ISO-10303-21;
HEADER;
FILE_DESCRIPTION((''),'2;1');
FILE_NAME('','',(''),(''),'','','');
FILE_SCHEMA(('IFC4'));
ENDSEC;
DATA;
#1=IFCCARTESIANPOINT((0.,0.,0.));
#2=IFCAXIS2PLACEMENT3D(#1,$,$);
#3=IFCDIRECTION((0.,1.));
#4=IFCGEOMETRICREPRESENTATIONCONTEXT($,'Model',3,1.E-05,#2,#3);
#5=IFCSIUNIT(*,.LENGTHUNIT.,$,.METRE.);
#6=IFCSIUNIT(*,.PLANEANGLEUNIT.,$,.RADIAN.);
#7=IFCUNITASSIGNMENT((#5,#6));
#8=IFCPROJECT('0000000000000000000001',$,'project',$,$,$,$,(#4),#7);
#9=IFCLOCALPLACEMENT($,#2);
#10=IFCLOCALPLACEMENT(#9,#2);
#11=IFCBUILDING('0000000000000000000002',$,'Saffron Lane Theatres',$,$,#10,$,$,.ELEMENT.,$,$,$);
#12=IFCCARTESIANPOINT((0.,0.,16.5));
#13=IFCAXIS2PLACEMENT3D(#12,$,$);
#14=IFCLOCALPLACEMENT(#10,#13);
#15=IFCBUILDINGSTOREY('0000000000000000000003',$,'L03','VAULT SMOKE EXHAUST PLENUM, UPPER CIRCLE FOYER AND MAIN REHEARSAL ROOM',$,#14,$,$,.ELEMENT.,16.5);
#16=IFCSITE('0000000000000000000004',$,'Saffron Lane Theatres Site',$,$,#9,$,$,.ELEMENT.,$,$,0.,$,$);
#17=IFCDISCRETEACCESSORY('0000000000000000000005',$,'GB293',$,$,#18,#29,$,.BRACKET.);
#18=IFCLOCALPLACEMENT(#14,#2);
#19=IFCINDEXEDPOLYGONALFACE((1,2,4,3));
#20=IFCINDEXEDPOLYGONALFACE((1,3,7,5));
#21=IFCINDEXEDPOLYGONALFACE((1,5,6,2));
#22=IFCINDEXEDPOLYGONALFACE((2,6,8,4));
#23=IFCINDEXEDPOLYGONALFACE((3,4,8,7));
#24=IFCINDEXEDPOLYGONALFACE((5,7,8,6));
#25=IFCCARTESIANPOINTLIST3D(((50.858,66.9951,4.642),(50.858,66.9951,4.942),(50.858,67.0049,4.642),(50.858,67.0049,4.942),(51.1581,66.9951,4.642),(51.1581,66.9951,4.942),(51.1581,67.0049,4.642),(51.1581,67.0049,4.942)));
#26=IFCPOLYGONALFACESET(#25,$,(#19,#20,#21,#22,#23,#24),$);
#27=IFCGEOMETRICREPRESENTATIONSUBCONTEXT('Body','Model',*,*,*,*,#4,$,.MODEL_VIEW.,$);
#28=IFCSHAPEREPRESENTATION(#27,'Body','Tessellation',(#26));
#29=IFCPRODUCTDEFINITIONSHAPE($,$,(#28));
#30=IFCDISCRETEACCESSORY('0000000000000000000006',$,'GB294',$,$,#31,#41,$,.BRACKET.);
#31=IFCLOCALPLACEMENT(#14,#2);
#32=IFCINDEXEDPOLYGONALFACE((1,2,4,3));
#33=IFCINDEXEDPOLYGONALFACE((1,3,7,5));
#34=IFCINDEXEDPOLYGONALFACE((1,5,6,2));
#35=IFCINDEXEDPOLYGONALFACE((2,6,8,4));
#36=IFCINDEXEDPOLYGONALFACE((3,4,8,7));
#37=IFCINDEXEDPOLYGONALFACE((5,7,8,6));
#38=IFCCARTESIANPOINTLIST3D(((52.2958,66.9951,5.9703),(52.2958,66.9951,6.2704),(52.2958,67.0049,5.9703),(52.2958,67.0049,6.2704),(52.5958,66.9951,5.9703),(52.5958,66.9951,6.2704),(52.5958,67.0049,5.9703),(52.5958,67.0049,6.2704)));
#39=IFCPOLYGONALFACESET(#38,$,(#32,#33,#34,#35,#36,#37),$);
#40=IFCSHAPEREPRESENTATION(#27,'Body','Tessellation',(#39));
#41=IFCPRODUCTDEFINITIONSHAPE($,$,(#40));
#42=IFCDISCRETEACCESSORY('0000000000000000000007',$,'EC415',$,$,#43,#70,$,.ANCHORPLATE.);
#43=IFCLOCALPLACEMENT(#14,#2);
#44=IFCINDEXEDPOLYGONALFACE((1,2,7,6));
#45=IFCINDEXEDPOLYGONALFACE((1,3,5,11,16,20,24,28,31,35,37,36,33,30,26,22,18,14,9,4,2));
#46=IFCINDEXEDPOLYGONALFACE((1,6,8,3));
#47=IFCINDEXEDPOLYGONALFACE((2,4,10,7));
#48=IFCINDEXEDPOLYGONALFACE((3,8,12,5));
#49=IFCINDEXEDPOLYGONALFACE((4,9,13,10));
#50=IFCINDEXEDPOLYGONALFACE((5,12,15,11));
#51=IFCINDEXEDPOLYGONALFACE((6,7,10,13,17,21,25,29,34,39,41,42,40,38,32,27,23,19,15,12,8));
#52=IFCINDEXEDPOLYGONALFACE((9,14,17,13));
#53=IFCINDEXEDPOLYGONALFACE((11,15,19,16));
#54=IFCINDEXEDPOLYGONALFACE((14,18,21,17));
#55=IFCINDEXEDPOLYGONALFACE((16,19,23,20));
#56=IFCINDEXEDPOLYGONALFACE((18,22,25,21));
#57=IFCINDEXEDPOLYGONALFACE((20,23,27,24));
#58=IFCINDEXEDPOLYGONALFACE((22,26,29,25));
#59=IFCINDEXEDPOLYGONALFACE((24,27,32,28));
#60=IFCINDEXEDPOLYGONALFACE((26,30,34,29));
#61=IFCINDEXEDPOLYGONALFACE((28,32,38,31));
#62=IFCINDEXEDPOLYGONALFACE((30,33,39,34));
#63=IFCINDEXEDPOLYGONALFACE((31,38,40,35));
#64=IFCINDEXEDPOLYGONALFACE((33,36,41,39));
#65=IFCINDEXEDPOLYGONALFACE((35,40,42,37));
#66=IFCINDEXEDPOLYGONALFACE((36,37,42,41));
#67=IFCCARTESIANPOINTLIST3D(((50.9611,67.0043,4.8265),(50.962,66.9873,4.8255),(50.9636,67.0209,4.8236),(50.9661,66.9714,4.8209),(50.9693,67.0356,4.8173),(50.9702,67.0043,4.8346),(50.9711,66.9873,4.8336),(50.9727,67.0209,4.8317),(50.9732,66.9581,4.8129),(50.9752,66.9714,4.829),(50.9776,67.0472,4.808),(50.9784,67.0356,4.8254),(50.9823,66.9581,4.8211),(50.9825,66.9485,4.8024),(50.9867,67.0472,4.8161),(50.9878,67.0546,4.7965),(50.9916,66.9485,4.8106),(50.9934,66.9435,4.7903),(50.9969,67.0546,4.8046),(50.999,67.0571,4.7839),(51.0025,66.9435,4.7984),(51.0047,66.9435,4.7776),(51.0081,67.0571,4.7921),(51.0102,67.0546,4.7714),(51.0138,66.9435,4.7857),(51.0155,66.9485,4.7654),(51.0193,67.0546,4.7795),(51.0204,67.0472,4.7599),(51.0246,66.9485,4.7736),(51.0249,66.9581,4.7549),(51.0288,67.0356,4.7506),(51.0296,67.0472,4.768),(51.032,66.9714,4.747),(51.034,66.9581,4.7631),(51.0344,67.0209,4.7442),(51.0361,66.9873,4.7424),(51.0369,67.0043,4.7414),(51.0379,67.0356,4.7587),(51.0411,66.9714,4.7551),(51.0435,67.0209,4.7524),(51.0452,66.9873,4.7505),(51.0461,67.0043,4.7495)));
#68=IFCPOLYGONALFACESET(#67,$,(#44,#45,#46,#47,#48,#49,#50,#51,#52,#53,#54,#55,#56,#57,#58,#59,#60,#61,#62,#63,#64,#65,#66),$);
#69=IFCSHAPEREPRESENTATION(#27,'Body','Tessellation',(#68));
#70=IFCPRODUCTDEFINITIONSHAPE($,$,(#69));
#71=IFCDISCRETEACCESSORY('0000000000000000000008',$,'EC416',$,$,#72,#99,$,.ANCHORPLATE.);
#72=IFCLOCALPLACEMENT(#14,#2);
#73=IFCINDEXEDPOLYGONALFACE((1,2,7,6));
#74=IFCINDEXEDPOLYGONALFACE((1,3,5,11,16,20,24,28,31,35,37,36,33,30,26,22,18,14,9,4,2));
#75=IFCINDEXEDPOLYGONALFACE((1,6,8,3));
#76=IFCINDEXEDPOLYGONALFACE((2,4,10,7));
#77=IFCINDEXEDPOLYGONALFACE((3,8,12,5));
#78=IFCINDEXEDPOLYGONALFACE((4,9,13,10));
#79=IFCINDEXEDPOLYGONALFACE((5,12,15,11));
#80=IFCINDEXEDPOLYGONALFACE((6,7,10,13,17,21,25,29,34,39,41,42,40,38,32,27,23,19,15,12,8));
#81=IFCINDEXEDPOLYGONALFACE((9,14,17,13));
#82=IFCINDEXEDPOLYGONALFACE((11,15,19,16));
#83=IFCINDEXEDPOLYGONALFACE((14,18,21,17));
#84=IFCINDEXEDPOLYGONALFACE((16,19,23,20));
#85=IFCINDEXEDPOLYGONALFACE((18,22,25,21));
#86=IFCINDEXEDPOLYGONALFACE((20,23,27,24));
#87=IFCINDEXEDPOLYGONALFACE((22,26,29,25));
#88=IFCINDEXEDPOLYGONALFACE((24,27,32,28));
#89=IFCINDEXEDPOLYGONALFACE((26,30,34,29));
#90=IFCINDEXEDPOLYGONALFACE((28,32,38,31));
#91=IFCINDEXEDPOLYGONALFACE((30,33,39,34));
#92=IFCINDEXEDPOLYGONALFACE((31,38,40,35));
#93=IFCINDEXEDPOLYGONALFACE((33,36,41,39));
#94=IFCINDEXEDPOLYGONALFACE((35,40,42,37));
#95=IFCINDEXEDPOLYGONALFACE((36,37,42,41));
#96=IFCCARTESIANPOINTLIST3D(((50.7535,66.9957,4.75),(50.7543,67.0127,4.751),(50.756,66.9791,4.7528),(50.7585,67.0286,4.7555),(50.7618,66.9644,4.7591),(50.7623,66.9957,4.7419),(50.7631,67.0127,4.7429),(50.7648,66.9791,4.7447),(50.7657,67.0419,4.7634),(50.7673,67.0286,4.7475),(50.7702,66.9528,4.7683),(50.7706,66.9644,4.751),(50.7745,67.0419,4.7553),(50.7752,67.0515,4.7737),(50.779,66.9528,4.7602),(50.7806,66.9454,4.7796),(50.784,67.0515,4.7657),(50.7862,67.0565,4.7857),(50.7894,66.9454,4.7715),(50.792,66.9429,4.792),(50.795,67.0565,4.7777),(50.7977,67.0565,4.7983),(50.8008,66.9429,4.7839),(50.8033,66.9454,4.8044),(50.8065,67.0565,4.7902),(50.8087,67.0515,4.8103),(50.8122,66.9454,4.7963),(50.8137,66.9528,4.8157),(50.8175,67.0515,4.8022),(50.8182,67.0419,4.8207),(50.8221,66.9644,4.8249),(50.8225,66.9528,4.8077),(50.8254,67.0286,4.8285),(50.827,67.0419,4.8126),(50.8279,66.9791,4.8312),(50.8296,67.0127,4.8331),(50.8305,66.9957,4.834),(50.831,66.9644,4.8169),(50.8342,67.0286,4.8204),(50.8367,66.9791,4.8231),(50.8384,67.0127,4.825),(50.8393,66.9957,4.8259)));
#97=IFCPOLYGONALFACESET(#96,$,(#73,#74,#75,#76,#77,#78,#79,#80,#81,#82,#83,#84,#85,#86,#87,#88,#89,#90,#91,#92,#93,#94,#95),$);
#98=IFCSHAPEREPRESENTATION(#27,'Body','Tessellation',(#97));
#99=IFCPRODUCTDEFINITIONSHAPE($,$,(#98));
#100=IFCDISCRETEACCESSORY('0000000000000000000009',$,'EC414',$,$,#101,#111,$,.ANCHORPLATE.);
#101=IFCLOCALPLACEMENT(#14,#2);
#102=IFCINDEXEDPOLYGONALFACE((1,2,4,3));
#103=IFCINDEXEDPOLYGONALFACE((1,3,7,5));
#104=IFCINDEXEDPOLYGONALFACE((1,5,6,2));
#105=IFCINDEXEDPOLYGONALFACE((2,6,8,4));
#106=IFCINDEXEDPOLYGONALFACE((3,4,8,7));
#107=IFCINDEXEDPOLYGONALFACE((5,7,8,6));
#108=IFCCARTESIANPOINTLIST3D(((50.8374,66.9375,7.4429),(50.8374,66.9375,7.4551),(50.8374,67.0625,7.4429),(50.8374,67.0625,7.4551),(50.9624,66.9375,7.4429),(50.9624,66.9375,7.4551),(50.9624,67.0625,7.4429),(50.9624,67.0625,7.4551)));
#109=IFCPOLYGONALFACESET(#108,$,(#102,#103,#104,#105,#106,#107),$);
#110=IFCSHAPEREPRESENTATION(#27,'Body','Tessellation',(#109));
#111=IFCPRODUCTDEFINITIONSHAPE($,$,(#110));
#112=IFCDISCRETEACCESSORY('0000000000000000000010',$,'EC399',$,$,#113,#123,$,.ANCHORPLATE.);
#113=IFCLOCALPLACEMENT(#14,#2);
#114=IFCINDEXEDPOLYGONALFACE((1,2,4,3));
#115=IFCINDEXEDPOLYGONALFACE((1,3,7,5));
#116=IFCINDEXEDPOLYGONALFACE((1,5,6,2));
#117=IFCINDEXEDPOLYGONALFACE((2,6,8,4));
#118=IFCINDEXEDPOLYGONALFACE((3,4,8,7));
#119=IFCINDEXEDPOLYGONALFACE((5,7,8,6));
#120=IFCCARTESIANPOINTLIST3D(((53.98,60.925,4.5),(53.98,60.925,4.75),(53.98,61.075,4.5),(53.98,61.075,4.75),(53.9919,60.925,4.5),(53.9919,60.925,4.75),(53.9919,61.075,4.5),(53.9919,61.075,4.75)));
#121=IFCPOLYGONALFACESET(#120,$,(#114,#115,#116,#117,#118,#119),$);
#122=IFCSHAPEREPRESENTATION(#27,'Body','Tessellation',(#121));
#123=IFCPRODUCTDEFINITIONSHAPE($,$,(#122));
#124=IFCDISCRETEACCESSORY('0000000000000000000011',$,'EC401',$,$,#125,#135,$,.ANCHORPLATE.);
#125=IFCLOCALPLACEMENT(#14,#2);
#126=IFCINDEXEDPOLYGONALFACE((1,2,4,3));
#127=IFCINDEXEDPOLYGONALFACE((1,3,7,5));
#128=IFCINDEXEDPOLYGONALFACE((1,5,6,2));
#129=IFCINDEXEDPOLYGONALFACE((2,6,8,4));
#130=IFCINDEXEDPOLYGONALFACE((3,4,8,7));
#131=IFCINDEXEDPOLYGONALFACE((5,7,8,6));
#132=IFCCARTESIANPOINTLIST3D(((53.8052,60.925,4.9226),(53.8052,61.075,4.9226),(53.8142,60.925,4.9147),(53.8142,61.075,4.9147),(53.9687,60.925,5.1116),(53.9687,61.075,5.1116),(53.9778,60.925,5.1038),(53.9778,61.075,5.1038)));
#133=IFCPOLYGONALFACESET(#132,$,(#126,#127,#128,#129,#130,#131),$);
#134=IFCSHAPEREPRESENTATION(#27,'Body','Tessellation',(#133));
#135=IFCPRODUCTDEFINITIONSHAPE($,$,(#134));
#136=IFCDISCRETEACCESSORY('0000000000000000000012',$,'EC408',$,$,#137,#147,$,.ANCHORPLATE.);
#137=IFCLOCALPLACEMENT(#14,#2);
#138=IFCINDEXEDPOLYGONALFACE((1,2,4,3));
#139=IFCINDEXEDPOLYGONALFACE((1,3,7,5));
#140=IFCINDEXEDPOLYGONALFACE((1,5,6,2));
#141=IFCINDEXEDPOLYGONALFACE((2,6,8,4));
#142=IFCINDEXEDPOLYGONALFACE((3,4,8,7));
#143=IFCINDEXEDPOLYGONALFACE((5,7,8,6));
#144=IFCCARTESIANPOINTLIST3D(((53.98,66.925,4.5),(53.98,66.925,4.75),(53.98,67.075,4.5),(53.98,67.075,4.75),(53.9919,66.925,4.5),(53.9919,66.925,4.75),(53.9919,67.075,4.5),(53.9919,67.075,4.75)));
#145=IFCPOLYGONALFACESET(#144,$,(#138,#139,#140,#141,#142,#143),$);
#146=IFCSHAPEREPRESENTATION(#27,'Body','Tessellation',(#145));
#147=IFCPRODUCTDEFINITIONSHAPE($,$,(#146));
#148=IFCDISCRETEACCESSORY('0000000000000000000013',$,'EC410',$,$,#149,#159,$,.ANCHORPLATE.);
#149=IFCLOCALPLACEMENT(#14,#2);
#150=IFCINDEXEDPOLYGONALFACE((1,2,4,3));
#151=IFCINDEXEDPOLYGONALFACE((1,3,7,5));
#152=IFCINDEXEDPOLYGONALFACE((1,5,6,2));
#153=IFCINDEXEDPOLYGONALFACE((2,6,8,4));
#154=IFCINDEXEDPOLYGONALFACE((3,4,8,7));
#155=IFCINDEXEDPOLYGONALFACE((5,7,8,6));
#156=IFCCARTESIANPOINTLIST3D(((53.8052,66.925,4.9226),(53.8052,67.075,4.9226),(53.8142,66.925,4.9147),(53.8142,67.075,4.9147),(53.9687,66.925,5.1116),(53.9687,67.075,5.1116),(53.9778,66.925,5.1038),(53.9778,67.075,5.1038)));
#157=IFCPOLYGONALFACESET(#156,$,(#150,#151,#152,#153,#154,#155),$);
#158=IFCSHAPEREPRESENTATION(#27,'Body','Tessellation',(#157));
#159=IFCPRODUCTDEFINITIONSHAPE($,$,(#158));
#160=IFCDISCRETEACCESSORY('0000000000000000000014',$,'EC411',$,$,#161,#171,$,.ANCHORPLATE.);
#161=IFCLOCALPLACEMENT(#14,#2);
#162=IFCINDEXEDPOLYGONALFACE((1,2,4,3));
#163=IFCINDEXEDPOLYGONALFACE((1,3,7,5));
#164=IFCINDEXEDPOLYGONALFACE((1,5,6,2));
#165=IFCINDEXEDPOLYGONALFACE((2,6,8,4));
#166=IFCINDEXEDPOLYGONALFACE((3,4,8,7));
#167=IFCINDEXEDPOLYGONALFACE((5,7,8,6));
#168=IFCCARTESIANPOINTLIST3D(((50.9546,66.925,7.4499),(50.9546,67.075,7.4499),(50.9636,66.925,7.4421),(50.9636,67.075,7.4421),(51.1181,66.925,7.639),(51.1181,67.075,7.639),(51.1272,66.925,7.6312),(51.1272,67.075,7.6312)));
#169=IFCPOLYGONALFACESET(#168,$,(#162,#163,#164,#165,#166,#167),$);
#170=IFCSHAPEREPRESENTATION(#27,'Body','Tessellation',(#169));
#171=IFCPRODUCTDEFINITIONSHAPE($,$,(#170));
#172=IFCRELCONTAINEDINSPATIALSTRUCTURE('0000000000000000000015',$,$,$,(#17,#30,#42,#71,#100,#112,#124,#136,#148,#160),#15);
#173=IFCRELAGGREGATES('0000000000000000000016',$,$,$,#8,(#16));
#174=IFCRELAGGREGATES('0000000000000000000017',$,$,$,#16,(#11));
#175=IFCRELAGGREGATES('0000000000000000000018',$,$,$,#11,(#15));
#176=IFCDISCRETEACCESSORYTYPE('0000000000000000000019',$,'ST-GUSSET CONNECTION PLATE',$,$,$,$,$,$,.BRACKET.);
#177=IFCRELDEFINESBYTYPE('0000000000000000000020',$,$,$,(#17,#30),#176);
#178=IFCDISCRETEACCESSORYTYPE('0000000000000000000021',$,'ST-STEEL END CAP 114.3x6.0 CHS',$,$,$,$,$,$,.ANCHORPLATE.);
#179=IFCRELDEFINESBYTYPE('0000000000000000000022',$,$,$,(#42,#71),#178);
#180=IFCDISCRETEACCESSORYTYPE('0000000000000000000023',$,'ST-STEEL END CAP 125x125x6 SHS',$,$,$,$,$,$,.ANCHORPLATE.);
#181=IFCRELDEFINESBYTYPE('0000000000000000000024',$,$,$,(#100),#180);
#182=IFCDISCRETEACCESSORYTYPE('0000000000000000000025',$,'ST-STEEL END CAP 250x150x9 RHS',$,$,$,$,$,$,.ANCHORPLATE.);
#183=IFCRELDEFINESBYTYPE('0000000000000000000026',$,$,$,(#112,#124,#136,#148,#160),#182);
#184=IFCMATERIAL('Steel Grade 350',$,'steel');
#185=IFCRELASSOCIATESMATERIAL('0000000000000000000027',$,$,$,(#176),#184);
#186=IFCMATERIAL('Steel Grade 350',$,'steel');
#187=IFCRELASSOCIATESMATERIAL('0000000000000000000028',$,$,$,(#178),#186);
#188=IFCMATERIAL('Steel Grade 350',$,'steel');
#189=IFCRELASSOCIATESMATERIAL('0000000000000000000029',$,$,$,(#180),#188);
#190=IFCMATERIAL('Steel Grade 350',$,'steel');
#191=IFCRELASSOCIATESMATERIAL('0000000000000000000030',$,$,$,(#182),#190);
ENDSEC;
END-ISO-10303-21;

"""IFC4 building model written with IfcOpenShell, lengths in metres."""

from ifc_helpers import new_model, si_unit, direction, frame, origin, origin_2d, place, context, subcontext, project, spatial, rectangle, circle, extrude, material, material_profile, profile_set, type_object, element, save


model = new_model("IFC4")

# Units and contexts
model_context = context("Model", 3, precision=1e-05, world=origin(), true_north=direction((0.0, 1.0)))
body_context = subcontext(model_context, "Body", "Model", "MODEL_VIEW")
ifc_project = project(units=[si_unit("LENGTHUNIT", "METRE"), si_unit("PLANEANGLEUNIT", "RADIAN")], contexts=[model_context])

# Site, building, storey
site_placement = place(None, origin())
site = spatial("IfcSite", under=ifc_project, at=site_placement, Name="Saffron Lane Theatres Site", CompositionType="ELEMENT", RefElevation=0.0)
building_placement = place(site_placement, origin())
building = spatial("IfcBuilding", under=site, at=building_placement, Name="Saffron Lane Theatres", CompositionType="ELEMENT")
storey_placement = place(building_placement, frame((0.0, 0.0, 16.5)))
storey = spatial("IfcBuildingStorey", under=building, at=storey_placement, Name="L03", Description="VAULT SMOKE EXHAUST PLENUM, UPPER CIRCLE FOYER AND MAIN REHEARSAL ROOM", CompositionType="ELEMENT", Elevation=16.5)

# Discrete accessories
ifc_material_1 = material(Name="Steel Grade 350", Category="steel")
ifc_material_profile_1 = material_profile(ifc_material_1, rectangle(XDim=0.3, YDim=0.3, at=origin_2d()))
ifc_profile_set_1 = profile_set([ifc_material_profile_1], Name="Steel Grade 350")
discrete_accessory_type_1 = type_object("IfcDiscreteAccessoryType", Name="ST-GUSSET CONNECTION PLATE", PredefinedType="BRACKET", material=ifc_profile_set_1)
for number, where, z_axis, x_axis, name in (
    (1, (51.0081, 66.9951, 4.792), (0.0, 1.0, 0.0), (-1.0, 0.0, 0.0), "GB293"),
    (2, (52.4458, 66.9951, 6.1204), (0.0, 1.0, 0.0), (-1.0, 0.0, 0.0), "GB294"),
):
    element("IfcDiscreteAccessory", number, at=place(storey_placement, frame(where, z_axis=z_axis, x_axis=x_axis)), inside=storey, type_object=discrete_accessory_type_1, Name=name, PredefinedType="BRACKET", context=body_context, shape_type="SweptSolid", body=[
        extrude(rectangle(XDim=0.3, YDim=0.3, at=origin_2d()), origin(), (0.0, 0.0, 1.0), 0.0098),
    ])
ifc_material_2 = material(Name="Steel Grade 350", Category="steel")
ifc_material_profile_2 = material_profile(ifc_material_2, circle(Radius=0.0571, at=origin_2d()))
ifc_profile_set_2 = profile_set([ifc_material_profile_2], Name="Steel Grade 350")
discrete_accessory_type_2 = type_object("IfcDiscreteAccessoryType", Name="ST-STEEL END CAP 114.3x6.0 CHS", PredefinedType="ANCHORPLATE", material=ifc_profile_set_2)
discrete_accessory_1_placement = place(storey_placement, frame((50.999, 67.0, 4.7839), z_axis=(0.746295, 0.0, 0.665615), x_axis=(0.0, 1.0, 0.0)))
element("IfcDiscreteAccessory", 3, at=discrete_accessory_1_placement, inside=storey, type_object=discrete_accessory_type_2, Name="EC415", PredefinedType="ANCHORPLATE", context=body_context, shape_type="SweptSolid", body=[
    extrude(circle(Radius=0.0571, at=origin_2d()), origin(), (0.0, 0.0, 1.0), 0.0122),
])
discrete_accessory_2_placement = place(storey_placement, frame((50.8008, 67.0, 4.7839), z_axis=(-0.737154, 0.0, 0.675725), x_axis=(0.0, -1.0, 0.0)))
element("IfcDiscreteAccessory", 4, at=discrete_accessory_2_placement, inside=storey, type_object=discrete_accessory_type_2, Name="EC416", PredefinedType="ANCHORPLATE", context=body_context, shape_type="SweptSolid", body=[
    extrude(circle(Radius=0.0571, at=origin_2d()), origin(), (0.0, 0.0, 1.0), 0.012),
])
ifc_material_3 = material(Name="Steel Grade 350", Category="steel")
ifc_material_profile_3 = material_profile(ifc_material_3, rectangle(XDim=0.125, YDim=0.125, at=origin_2d()))
ifc_profile_set_3 = profile_set([ifc_material_profile_3], Name="Steel Grade 350")
discrete_accessory_type_3 = type_object("IfcDiscreteAccessoryType", Name="ST-STEEL END CAP 125x125x6 SHS", PredefinedType="ANCHORPLATE", material=ifc_profile_set_3)
discrete_accessory_3_placement = place(storey_placement, frame((50.8999, 67.0, 7.4429), z_axis=(0.0, 0.0, 1.0), x_axis=(1.0, 0.0, 0.0)))
element("IfcDiscreteAccessory", 5, at=discrete_accessory_3_placement, inside=storey, type_object=discrete_accessory_type_3, Name="EC414", PredefinedType="ANCHORPLATE", context=body_context, shape_type="SweptSolid", body=[
    extrude(rectangle(XDim=0.125, YDim=0.125, at=origin_2d()), origin(), (0.0, 0.0, 1.0), 0.0122),
])
ifc_material_4 = material(Name="Steel Grade 350", Category="steel")
ifc_material_profile_4 = material_profile(ifc_material_4, rectangle(XDim=0.1499, YDim=0.25, at=origin_2d()))
ifc_profile_set_4 = profile_set([ifc_material_profile_4], Name="Steel Grade 350")
discrete_accessory_type_4 = type_object("IfcDiscreteAccessoryType", Name="ST-STEEL END CAP 250x150x9 RHS", PredefinedType="ANCHORPLATE", material=ifc_profile_set_4)
for number, where, z_axis, x_axis, name in (
    (6, (53.9919, 61.0, 4.625), (-1.0, 0.0, 0.0), (0.0, -1.0, 0.0), "EC399"),
    (7, (53.896, 61.0, 5.0093), (-0.756363, 0.0, 0.654152), (0.0, -1.0, 0.0), "EC401"),
    (8, (53.9919, 67.0, 4.625), (-1.0, 0.0, 0.0), (0.0, -1.0, 0.0), "EC408"),
    (9, (53.896, 67.0, 5.0093), (-0.756363, 0.0, 0.654152), (0.0, -1.0, 0.0), "EC410"),
    (10, (51.0454, 67.0, 7.5366), (-0.756363, 0.0, 0.654152), (0.0, -1.0, 0.0), "EC411"),
):
    element("IfcDiscreteAccessory", number, at=place(storey_placement, frame(where, z_axis=z_axis, x_axis=x_axis)), inside=storey, type_object=discrete_accessory_type_4, Name=name, PredefinedType="ANCHORPLATE", context=body_context, shape_type="SweptSolid", body=[
        extrude(rectangle(XDim=0.1499, YDim=0.25, at=origin_2d()), origin(), (0.0, 0.0, 1.0), 0.012),
    ])

save(model, "model.ifc")
